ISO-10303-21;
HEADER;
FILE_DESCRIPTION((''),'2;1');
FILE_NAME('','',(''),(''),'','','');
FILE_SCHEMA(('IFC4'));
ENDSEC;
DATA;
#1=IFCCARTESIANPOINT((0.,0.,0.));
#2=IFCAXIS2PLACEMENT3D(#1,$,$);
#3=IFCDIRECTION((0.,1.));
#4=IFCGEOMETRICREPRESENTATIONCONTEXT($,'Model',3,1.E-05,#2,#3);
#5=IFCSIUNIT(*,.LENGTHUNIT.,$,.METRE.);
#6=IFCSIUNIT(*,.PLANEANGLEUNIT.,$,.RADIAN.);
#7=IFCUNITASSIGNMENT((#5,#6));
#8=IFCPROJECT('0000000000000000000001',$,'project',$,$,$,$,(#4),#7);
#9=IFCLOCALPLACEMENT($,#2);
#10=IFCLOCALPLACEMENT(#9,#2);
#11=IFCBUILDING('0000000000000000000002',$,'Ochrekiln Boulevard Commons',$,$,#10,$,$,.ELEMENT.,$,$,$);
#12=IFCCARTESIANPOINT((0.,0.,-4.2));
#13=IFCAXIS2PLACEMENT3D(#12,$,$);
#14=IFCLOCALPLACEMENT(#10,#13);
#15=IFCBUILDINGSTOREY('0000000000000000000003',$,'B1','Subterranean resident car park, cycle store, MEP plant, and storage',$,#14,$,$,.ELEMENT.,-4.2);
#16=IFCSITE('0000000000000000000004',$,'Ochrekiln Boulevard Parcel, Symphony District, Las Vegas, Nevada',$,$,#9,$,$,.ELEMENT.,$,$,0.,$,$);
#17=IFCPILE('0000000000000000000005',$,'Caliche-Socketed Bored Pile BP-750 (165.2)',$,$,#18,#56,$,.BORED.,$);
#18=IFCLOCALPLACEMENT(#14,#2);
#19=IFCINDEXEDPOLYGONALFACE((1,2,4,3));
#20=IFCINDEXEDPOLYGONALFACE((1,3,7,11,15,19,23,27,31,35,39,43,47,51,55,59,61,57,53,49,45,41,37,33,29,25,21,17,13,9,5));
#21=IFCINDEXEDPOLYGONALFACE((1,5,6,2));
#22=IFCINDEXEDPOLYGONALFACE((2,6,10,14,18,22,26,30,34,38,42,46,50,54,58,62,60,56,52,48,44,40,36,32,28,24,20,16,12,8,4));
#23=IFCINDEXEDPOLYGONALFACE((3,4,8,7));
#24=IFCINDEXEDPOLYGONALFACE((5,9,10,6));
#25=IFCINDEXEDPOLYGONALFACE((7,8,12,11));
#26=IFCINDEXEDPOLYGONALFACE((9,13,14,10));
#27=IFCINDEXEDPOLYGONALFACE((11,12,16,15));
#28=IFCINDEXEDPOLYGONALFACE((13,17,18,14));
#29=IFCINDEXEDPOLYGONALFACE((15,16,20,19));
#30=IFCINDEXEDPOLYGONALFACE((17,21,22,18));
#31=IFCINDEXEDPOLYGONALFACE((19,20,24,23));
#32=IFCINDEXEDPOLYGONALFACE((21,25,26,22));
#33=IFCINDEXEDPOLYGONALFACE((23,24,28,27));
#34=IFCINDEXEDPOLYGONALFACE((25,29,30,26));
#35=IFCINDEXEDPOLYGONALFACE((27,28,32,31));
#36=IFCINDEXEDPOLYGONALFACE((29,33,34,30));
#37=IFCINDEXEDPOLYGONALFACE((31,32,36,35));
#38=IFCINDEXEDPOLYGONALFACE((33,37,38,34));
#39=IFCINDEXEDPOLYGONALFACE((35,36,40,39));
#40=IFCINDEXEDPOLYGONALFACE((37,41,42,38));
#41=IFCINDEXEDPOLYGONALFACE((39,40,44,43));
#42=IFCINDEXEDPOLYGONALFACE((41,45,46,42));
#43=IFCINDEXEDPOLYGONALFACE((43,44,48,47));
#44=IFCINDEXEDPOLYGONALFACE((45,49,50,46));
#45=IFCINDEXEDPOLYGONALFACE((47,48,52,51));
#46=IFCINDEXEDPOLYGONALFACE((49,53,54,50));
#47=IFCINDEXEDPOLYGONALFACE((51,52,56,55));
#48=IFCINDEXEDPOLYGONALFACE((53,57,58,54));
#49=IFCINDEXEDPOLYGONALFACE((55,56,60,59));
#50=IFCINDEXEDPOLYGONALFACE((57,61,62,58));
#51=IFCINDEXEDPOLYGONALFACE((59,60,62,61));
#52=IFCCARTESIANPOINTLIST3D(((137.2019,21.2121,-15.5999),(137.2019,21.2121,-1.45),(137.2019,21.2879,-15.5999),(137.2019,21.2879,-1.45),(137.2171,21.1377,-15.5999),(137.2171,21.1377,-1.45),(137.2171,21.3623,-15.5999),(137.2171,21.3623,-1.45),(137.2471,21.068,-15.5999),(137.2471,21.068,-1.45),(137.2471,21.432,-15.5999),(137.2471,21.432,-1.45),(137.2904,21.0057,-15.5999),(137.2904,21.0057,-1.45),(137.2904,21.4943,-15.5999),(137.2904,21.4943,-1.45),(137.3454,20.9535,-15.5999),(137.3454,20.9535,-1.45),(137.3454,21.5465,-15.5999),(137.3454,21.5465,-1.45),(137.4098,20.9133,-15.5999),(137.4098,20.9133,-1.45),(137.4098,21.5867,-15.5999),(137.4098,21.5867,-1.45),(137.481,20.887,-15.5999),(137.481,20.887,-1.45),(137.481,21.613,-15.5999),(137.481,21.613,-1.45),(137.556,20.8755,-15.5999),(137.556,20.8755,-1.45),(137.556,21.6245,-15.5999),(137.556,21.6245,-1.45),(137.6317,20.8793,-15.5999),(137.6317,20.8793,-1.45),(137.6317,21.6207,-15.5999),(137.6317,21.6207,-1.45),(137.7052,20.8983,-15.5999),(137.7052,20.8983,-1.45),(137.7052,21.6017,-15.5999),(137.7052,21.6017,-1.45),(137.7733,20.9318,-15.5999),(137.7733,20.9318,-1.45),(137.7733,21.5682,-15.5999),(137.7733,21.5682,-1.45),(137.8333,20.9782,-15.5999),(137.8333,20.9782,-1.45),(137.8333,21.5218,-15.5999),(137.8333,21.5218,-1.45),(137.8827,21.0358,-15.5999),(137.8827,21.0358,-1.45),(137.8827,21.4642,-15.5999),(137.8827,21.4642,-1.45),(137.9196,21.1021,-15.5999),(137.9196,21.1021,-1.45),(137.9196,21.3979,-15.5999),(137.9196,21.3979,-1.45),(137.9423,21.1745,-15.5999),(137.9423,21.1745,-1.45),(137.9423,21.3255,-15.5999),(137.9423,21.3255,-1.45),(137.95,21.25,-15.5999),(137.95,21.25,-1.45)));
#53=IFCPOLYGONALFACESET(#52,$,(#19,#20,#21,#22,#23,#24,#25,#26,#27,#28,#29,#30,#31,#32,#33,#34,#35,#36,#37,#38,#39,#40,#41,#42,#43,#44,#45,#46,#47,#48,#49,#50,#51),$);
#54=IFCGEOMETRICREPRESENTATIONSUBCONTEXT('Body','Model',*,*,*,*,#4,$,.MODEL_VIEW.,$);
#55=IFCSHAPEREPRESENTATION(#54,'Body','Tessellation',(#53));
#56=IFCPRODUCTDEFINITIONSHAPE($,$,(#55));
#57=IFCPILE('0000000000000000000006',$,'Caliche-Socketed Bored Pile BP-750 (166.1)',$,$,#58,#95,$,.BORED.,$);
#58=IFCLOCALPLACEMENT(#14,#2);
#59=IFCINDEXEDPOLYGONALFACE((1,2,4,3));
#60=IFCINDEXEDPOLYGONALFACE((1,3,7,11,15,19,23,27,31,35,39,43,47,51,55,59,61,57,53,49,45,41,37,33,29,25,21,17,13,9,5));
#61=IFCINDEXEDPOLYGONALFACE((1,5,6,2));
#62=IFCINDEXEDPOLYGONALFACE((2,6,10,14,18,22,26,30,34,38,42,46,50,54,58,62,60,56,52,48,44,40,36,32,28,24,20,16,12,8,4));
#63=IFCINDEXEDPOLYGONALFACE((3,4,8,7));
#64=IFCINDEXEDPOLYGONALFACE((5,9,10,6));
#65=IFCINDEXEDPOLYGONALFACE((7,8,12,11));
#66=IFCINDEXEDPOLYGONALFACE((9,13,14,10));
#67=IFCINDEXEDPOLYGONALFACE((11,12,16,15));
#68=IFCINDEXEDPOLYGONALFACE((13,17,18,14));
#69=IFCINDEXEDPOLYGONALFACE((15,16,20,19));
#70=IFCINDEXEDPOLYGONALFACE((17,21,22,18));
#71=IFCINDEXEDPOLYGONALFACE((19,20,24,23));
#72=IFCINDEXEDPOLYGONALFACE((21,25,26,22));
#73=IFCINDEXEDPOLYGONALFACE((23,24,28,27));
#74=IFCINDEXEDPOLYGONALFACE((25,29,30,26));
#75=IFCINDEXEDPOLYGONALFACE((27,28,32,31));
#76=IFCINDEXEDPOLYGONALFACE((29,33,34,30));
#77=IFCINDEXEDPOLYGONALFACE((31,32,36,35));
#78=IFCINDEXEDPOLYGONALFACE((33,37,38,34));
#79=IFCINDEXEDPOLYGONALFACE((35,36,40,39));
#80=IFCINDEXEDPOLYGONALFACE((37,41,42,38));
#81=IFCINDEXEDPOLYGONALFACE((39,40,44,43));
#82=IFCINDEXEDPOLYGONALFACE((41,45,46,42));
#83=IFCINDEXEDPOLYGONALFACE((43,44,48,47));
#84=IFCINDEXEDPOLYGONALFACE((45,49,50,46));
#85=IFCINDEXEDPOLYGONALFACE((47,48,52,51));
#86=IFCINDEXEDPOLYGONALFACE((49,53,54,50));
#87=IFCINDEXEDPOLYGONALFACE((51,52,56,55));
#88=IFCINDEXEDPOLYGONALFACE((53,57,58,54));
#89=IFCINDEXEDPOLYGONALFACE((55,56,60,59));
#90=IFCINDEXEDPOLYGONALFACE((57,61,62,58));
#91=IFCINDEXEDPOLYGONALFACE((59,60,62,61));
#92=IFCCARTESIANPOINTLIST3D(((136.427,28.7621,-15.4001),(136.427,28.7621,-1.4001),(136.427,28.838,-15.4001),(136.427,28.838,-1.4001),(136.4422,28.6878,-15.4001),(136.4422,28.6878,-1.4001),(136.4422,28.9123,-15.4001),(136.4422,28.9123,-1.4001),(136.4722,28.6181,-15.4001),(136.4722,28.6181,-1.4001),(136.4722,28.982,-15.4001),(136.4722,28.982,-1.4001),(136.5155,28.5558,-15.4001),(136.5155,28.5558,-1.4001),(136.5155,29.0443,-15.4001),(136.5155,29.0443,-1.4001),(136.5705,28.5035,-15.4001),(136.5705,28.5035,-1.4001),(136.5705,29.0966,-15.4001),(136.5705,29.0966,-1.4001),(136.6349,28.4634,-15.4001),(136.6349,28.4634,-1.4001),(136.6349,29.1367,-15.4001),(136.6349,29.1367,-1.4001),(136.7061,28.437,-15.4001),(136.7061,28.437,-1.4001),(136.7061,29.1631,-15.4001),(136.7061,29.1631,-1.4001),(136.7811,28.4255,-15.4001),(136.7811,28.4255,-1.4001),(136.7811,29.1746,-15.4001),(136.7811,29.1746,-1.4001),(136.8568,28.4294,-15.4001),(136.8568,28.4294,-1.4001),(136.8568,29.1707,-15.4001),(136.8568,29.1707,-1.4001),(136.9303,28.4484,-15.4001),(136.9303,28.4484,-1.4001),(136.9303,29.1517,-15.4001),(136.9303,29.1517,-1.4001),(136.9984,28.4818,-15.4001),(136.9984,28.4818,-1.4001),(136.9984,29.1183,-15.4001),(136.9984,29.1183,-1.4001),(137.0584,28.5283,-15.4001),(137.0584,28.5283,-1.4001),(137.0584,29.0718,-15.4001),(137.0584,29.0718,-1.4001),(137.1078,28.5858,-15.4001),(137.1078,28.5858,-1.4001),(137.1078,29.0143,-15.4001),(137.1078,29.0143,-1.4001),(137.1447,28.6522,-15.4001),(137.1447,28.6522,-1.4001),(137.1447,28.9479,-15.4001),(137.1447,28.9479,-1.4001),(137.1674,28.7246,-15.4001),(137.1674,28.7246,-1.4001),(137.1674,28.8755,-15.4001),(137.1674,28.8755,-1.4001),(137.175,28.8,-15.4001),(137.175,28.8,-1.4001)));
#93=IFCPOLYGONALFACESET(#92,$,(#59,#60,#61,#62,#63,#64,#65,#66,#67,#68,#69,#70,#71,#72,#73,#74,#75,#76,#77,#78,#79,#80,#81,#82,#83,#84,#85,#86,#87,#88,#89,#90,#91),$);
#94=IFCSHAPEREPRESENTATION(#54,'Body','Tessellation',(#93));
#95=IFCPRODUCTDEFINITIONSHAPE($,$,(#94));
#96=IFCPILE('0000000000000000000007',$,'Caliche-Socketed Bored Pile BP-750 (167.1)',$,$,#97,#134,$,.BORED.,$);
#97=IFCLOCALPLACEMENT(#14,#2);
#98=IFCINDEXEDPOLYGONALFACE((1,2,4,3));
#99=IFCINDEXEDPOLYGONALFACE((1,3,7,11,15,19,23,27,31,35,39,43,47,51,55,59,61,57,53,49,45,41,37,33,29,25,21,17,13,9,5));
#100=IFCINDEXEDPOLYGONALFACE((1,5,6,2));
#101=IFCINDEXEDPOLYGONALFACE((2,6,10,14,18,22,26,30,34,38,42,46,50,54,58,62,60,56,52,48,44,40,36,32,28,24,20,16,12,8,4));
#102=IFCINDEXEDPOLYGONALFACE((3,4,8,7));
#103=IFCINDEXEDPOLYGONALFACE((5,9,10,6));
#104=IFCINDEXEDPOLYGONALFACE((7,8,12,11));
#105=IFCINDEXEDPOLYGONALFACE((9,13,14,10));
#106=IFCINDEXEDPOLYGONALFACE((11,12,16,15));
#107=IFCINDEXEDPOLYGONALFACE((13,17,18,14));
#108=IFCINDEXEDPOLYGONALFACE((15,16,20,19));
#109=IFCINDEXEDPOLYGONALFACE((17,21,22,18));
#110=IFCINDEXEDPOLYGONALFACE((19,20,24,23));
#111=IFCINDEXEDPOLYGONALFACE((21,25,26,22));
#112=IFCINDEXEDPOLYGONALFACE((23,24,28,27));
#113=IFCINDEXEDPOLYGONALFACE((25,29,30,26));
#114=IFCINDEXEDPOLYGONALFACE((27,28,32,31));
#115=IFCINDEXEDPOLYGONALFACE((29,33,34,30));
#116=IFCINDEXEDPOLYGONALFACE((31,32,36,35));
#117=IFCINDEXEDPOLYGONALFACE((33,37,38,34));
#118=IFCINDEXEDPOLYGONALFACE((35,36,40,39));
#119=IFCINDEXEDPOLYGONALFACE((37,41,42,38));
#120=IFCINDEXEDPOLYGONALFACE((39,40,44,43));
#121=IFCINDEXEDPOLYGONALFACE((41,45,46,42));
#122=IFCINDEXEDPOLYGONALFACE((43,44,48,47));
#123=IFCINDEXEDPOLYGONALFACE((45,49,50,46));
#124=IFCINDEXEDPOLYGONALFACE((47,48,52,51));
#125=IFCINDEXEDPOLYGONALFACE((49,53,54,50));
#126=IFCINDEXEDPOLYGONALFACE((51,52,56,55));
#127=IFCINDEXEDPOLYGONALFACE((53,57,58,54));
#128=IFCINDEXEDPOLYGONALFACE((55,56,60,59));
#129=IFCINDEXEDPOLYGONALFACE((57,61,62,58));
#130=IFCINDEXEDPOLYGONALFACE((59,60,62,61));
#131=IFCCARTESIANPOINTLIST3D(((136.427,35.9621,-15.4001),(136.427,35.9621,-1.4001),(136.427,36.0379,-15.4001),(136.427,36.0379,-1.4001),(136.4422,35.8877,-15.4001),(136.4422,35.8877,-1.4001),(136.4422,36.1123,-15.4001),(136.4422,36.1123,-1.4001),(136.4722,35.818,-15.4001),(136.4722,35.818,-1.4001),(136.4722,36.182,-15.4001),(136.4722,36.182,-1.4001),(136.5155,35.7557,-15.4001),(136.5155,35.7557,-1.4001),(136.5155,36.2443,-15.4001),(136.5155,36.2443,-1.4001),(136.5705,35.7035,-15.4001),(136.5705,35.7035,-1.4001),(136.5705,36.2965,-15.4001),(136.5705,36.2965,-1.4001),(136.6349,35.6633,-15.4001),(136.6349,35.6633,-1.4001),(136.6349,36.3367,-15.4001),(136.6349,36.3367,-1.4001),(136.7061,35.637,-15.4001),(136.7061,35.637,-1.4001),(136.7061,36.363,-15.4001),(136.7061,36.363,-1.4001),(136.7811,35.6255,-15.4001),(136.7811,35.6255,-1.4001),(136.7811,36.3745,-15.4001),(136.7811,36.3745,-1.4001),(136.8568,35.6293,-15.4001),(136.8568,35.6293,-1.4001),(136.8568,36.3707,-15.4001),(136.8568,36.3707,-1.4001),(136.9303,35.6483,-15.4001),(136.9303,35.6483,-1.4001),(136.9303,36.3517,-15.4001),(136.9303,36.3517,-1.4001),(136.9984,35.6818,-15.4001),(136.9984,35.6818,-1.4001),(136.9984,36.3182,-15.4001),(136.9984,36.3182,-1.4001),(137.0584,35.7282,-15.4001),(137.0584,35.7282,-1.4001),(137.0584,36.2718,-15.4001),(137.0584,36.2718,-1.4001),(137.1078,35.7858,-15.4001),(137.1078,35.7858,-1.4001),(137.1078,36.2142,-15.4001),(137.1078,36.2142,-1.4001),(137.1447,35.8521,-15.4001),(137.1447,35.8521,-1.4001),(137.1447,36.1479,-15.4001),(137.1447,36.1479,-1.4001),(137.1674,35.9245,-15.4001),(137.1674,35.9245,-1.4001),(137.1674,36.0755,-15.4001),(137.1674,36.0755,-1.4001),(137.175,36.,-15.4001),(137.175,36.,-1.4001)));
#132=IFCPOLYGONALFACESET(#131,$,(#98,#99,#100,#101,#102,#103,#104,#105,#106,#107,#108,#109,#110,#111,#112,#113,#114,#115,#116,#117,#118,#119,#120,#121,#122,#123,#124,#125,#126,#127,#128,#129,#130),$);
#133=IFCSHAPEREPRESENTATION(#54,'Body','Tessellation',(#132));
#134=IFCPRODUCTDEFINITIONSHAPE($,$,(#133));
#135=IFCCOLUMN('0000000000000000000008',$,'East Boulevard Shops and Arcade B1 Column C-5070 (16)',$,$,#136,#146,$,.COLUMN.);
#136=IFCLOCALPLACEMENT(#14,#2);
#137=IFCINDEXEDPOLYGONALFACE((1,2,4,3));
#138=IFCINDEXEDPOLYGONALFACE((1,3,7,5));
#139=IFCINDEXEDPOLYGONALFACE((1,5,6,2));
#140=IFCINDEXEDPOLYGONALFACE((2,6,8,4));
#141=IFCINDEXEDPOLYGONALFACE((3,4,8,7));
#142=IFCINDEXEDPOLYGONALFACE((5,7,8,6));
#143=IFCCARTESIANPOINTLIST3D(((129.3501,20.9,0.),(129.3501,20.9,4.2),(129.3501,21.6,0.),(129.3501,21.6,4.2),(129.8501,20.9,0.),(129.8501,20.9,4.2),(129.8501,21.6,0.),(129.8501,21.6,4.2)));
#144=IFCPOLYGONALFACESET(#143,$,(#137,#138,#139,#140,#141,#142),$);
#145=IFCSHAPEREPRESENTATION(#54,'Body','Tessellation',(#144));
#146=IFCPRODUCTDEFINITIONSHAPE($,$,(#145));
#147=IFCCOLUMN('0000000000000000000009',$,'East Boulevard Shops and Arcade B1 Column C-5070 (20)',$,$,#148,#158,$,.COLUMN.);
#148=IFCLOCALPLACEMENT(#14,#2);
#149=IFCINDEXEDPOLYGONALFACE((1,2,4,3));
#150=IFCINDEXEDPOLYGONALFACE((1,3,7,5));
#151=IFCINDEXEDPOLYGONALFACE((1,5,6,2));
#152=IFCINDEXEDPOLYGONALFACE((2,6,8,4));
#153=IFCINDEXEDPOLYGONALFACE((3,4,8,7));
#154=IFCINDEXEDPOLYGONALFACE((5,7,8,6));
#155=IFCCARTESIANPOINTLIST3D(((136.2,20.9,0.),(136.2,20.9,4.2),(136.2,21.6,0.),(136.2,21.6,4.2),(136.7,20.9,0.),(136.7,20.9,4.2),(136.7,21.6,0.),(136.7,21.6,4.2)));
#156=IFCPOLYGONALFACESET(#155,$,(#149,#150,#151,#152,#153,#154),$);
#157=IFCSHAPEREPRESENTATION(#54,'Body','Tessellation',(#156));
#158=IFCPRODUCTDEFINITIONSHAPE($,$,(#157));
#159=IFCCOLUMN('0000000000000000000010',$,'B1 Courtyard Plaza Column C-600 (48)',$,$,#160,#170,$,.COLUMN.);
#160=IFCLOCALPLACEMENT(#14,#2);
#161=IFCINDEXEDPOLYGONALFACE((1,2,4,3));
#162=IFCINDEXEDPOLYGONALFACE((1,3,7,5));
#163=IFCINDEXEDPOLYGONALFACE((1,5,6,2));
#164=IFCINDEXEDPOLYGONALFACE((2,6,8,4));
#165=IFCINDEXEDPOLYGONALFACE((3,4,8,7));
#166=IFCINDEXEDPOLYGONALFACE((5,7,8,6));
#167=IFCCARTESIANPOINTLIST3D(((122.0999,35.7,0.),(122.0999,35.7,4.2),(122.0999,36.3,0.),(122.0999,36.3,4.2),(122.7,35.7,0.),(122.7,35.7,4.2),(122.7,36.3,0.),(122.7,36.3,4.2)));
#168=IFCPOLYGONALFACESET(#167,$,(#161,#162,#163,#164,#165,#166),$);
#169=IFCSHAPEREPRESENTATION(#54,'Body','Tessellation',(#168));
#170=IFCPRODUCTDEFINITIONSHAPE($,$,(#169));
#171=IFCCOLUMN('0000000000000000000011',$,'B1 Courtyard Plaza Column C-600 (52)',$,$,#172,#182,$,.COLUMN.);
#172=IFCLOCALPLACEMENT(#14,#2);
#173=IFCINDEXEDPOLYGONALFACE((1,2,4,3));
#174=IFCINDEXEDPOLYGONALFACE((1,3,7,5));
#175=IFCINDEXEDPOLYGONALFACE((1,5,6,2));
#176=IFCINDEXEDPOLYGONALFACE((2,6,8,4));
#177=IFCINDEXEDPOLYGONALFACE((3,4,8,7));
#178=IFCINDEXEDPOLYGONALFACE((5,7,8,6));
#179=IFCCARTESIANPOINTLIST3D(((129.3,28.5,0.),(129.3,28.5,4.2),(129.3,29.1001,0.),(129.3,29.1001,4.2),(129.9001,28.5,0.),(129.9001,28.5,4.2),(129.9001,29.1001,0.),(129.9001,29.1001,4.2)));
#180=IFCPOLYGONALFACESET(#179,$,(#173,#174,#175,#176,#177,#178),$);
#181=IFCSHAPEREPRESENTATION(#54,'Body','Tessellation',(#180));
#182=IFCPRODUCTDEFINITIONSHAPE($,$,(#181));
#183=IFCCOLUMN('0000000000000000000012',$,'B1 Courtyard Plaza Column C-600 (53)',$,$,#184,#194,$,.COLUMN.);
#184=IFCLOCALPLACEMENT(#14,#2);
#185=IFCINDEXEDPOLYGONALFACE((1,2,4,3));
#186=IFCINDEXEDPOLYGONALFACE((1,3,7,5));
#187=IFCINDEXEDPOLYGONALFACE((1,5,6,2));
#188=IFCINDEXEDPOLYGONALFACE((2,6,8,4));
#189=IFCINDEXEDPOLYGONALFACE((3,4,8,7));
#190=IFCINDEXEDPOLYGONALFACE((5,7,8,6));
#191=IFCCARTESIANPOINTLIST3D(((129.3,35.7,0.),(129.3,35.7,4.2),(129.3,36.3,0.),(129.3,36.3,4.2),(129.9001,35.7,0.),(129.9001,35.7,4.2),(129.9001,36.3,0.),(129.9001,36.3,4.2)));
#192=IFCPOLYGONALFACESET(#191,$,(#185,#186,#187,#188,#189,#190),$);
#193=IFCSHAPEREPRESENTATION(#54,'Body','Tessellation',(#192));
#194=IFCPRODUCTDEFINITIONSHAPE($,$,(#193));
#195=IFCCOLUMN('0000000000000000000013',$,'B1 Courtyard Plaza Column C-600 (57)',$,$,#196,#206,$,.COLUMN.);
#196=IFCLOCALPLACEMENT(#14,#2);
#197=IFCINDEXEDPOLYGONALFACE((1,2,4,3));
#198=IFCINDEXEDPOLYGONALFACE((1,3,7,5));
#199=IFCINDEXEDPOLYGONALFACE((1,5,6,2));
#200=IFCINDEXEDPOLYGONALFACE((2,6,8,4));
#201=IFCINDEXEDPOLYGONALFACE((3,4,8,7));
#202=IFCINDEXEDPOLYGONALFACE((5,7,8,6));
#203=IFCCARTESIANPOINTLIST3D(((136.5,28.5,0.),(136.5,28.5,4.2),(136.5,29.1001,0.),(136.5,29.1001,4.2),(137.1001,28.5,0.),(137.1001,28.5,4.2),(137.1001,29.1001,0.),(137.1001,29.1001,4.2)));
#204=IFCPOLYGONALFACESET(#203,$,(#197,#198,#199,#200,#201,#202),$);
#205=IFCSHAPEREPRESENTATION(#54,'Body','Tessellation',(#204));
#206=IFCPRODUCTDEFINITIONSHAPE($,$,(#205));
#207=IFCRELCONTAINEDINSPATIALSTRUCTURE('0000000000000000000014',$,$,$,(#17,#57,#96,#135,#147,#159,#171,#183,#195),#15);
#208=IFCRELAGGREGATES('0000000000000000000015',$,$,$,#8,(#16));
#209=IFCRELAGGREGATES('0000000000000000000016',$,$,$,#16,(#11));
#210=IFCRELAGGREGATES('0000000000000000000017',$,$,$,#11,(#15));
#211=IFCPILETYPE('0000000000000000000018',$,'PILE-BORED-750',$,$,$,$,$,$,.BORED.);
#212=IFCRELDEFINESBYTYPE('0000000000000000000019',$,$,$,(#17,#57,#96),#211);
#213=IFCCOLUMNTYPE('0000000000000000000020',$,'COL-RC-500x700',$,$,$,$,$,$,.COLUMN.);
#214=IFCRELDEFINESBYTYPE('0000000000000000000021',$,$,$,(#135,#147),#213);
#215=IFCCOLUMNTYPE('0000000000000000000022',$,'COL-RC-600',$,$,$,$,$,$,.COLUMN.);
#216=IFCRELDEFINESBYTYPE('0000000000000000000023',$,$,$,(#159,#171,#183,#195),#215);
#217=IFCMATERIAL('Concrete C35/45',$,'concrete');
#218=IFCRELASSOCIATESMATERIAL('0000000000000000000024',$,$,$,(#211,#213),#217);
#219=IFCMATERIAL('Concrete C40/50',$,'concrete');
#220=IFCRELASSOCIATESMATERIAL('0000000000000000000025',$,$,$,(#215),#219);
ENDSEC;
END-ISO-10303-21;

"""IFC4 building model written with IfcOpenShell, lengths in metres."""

from ifc_helpers import new_model, si_unit, direction, frame, origin, origin_2d, place, context, subcontext, project, spatial, rectangle, circle, extrude, material, material_profile, profile_set, type_object, element, save


model = new_model("IFC4")

# Units and contexts
model_context = context("Model", 3, precision=1e-05, world=origin(), true_north=direction((0.0, 1.0)))
body_context = subcontext(model_context, "Body", "Model", "MODEL_VIEW")
ifc_project = project(units=[si_unit("LENGTHUNIT", "METRE"), si_unit("PLANEANGLEUNIT", "RADIAN")], contexts=[model_context])

# Site, building, storey
site_placement = place(None, origin())
site = spatial("IfcSite", under=ifc_project, at=site_placement, Name="Ochrekiln Boulevard Parcel, Symphony District, Las Vegas, Nevada", CompositionType="ELEMENT", RefElevation=0.0)
building_placement = place(site_placement, origin())
building = spatial("IfcBuilding", under=site, at=building_placement, Name="Ochrekiln Boulevard Commons", CompositionType="ELEMENT")
storey_placement = place(building_placement, frame((0.0, 0.0, -4.2)))
storey = spatial("IfcBuildingStorey", under=building, at=storey_placement, Name="B1", Description="Subterranean resident car park, cycle store, MEP plant, and storage", CompositionType="ELEMENT", Elevation=-4.2)

# Shared definitions
ifc_material_1 = material(Name="Concrete C35/45", Category="concrete")

# Piles
ifc_material_profile_1 = material_profile(ifc_material_1, circle(Radius=0.375, at=origin_2d()), Name="PILE-D750")
ifc_profile_set_1 = profile_set([ifc_material_profile_1], Name="Concrete C35/45")
pile_type = type_object("IfcPileType", Name="PILE-BORED-750", PredefinedType="BORED", material=ifc_profile_set_1)
for number, where, z_axis, x_axis, name in (
    (1, (137.575, 21.25, -1.45), (0.0, 0.0, -1.0), (1.0, 0.0, 0.0), "Caliche-Socketed Bored Pile BP-750 (165.2)"),
):
    element("IfcPile", number, at=place(storey_placement, frame(where, z_axis=z_axis, x_axis=x_axis)), inside=storey, type_object=pile_type, Name=name, PredefinedType="BORED", context=body_context, shape_type="SweptSolid", body=[
        extrude(circle(Radius=0.375, at=origin_2d()), origin(), (0.0, 0.0, 1.0), 14.1499),
    ])
for number, where, z_axis, x_axis, name in (
    (2, (136.8, 28.8, -1.4001), (0.0, 0.0, -1.0), (1.0, 0.0, 0.0), "Caliche-Socketed Bored Pile BP-750 (166.1)"),
    (3, (136.8, 36.0, -1.4001), (0.0, 0.0, -1.0), (1.0, 0.0, 0.0), "Caliche-Socketed Bored Pile BP-750 (167.1)"),
):
    element("IfcPile", number, at=place(storey_placement, frame(where, z_axis=z_axis, x_axis=x_axis)), inside=storey, type_object=pile_type, Name=name, PredefinedType="BORED", context=body_context, shape_type="SweptSolid", body=[
        extrude(circle(Radius=0.375, at=origin_2d()), origin(), (0.0, 0.0, 1.0), 14.0),
    ])

# Columns
ifc_material_profile_2 = material_profile(ifc_material_1, rectangle(XDim=0.5, YDim=0.7, at=origin_2d()), Name="RC-COL-500x700")
ifc_profile_set_2 = profile_set([ifc_material_profile_2], Name="Concrete C35/45")
column_type_1 = type_object("IfcColumnType", Name="COL-RC-500x700", PredefinedType="COLUMN", material=ifc_profile_set_2)
for number, where, z_axis, x_axis, name in (
    (4, (129.6001, 21.25, 0.0), (0.0, 0.0, 1.0), (1.0, 0.0, 0.0), "East Boulevard Shops and Arcade B1 Column C-5070 (16)"),
    (5, (136.45, 21.25, 0.0), (0.0, 0.0, 1.0), (1.0, 0.0, 0.0), "East Boulevard Shops and Arcade B1 Column C-5070 (20)"),
):
    element("IfcColumn", number, at=place(storey_placement, frame(where, z_axis=z_axis, x_axis=x_axis)), inside=storey, type_object=column_type_1, Name=name, PredefinedType="COLUMN", context=body_context, shape_type="SweptSolid", body=[
        extrude(rectangle(XDim=0.5, YDim=0.7, at=origin_2d()), origin(), (0.0, 0.0, 1.0), 4.2),
    ])
ifc_material_2 = material(Name="Concrete C40/50", Category="concrete")
ifc_material_profile_3 = material_profile(ifc_material_2, rectangle(XDim=0.6001, YDim=0.6001, at=origin_2d()), Name="RC-COL-600x600")
ifc_profile_set_3 = profile_set([ifc_material_profile_3], Name="Concrete C40/50")
column_type_2 = type_object("IfcColumnType", Name="COL-RC-600", PredefinedType="COLUMN", material=ifc_profile_set_3)
for number, where, z_axis, x_axis, name in (
    (6, (122.3999, 36.0, 0.0), (0.0, 0.0, 1.0), (1.0, 0.0, 0.0), "B1 Courtyard Plaza Column C-600 (48)"),
    (7, (129.6001, 28.8, 0.0), (0.0, 0.0, 1.0), (1.0, 0.0, 0.0), "B1 Courtyard Plaza Column C-600 (52)"),
    (8, (129.6001, 36.0, 0.0), (0.0, 0.0, 1.0), (1.0, 0.0, 0.0), "B1 Courtyard Plaza Column C-600 (53)"),
    (9, (136.8, 28.8, 0.0), (0.0, 0.0, 1.0), (1.0, 0.0, 0.0), "B1 Courtyard Plaza Column C-600 (57)"),
):
    element("IfcColumn", number, at=place(storey_placement, frame(where, z_axis=z_axis, x_axis=x_axis)), inside=storey, type_object=column_type_2, Name=name, PredefinedType="COLUMN", context=body_context, shape_type="SweptSolid", body=[
        extrude(rectangle(XDim=0.6001, YDim=0.6001, at=origin_2d()), origin(), (0.0, 0.0, 1.0), 4.2),
    ])

save(model, "model.ifc")
